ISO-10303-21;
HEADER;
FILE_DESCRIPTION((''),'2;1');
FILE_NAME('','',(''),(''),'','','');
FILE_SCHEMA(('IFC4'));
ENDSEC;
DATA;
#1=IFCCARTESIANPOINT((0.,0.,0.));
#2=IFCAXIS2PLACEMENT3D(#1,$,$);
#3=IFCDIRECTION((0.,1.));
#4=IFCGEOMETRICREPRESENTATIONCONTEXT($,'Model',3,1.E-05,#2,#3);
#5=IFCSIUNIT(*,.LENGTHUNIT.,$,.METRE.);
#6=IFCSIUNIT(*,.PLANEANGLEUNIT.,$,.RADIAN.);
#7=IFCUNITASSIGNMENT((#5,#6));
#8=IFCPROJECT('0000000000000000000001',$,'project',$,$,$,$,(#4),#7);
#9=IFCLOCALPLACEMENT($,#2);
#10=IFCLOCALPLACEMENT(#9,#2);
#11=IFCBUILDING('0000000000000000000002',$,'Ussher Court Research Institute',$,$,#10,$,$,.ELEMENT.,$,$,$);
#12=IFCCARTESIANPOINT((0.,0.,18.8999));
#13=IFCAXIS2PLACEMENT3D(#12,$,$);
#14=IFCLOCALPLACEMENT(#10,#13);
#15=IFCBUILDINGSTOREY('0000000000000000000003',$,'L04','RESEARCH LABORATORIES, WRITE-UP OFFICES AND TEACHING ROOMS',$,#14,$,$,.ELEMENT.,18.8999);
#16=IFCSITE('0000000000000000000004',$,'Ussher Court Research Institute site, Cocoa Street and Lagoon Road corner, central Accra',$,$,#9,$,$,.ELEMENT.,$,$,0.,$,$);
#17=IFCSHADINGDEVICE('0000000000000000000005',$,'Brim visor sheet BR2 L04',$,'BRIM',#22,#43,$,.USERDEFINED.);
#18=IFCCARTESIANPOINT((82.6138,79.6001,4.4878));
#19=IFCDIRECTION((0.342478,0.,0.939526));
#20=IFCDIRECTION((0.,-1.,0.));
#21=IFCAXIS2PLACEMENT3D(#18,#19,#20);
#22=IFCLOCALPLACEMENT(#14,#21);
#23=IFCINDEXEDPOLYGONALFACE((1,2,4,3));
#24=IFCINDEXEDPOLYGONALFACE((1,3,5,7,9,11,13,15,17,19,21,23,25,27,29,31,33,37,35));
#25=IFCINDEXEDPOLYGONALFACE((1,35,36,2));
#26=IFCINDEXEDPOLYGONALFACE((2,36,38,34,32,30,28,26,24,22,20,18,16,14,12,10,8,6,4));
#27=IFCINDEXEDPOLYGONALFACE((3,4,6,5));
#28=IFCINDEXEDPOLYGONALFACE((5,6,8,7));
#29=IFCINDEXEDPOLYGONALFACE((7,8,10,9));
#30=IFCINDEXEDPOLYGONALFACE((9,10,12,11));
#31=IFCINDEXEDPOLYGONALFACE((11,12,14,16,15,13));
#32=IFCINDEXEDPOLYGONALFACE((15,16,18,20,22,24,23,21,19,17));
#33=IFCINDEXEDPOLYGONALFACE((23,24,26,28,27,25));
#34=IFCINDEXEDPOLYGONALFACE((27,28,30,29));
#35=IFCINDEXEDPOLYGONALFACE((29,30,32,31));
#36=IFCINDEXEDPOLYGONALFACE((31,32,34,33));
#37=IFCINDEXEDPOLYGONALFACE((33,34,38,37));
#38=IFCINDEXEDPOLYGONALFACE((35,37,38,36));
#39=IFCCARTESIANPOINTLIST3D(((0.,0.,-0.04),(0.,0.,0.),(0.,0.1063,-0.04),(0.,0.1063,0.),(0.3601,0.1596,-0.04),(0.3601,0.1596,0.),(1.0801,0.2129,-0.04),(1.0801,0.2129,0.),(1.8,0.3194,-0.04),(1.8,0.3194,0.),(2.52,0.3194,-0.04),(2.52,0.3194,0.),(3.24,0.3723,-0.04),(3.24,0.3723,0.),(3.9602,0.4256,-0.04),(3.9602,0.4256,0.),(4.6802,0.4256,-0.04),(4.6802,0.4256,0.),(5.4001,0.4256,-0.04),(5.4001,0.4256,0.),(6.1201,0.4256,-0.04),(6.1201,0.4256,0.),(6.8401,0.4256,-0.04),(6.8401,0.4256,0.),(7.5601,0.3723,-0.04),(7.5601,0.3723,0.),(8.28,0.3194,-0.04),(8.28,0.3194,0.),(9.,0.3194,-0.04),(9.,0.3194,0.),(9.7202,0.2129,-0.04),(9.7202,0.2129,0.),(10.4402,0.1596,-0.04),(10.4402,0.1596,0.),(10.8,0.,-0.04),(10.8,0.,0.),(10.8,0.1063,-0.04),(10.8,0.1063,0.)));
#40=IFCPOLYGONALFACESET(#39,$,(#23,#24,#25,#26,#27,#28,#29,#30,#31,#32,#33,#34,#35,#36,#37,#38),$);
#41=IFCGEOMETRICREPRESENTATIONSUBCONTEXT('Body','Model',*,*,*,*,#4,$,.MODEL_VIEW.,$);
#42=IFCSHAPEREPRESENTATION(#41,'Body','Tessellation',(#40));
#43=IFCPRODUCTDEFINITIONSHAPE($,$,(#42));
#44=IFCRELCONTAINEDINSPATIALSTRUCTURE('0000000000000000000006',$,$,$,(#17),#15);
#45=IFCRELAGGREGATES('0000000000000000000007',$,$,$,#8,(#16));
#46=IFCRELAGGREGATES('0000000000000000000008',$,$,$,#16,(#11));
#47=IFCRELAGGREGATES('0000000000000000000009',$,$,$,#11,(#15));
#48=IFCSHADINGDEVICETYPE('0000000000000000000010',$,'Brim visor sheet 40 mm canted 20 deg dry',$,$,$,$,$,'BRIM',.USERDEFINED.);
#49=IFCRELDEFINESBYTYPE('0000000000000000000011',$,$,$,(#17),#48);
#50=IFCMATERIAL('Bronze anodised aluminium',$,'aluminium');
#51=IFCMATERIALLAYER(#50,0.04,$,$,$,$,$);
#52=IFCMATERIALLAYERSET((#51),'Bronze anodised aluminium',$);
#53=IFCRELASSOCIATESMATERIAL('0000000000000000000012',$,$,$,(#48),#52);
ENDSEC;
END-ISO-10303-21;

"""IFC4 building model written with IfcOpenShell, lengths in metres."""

from ifc_helpers import new_model, si_unit, direction, frame, origin, place, context, subcontext, project, spatial, polyline, outline, extrude, material, layer, layer_set, type_object, element, save


model = new_model("IFC4")

# Units and contexts
model_context = context("Model", 3, precision=1e-05, world=origin(), true_north=direction((0.0, 1.0)))
body_context = subcontext(model_context, "Body", "Model", "MODEL_VIEW")
ifc_project = project(units=[si_unit("LENGTHUNIT", "METRE"), si_unit("PLANEANGLEUNIT", "RADIAN")], contexts=[model_context])

# Site, building, storey
site_placement = place(None, origin())
site = spatial("IfcSite", under=ifc_project, at=site_placement, Name="Ussher Court Research Institute site, Cocoa Street and Lagoon Road corner, central Accra", CompositionType="ELEMENT", RefElevation=0.0)
building_placement = place(site_placement, origin())
building = spatial("IfcBuilding", under=site, at=building_placement, Name="Ussher Court Research Institute", CompositionType="ELEMENT")
storey_placement = place(building_placement, frame((0.0, 0.0, 18.8999)))
storey = spatial("IfcBuildingStorey", under=building, at=storey_placement, Name="L04", Description="RESEARCH LABORATORIES, WRITE-UP OFFICES AND TEACHING ROOMS", CompositionType="ELEMENT", Elevation=18.8999)

# Shading device
ifc_material_1 = material(Name="Bronze anodised aluminium", Category="aluminium")
ifc_layer_1 = layer(ifc_material_1, 0.04)
ifc_layer_set_1 = layer_set([ifc_layer_1], Name="Bronze anodised aluminium")
shading_device_type_1 = type_object("IfcShadingDeviceType", Name="Brim visor sheet 40 mm canted 20 deg dry", ElementType="BRIM", PredefinedType="USERDEFINED", material=ifc_layer_set_1)
shading_device_placement = place(storey_placement, frame((82.6138, 79.6001, 4.4878), z_axis=(0.342478, 0.0, 0.939526), x_axis=(0.0, -1.0, 0.0)))
element("IfcShadingDevice", 1, at=shading_device_placement, inside=storey, type_object=shading_device_type_1, Name="Brim visor sheet BR2 L04", ObjectType="BRIM", PredefinedType="USERDEFINED", context=body_context, shape_type="SweptSolid", body=[
    extrude(outline(polyline([(0.0, 0.0), (10.8, 0.0), (10.8, 0.1063), (10.4402, 0.1596), (9.7202, 0.2129), (9.0, 0.3194), (8.28, 0.3194), (7.5601, 0.3723), (6.8401, 0.4256), (6.1201, 0.4256), (5.4001, 0.4256), (4.6802, 0.4256), (3.9602, 0.4256), (3.24, 0.3723), (2.52, 0.3194), (1.8, 0.3194), (1.0801, 0.2129), (0.3601, 0.1596), (0.0, 0.1063), (0.0, 0.0)])), origin(), (0.0, 0.0, -1.0), 0.04),
])

save(model, "model.ifc")
